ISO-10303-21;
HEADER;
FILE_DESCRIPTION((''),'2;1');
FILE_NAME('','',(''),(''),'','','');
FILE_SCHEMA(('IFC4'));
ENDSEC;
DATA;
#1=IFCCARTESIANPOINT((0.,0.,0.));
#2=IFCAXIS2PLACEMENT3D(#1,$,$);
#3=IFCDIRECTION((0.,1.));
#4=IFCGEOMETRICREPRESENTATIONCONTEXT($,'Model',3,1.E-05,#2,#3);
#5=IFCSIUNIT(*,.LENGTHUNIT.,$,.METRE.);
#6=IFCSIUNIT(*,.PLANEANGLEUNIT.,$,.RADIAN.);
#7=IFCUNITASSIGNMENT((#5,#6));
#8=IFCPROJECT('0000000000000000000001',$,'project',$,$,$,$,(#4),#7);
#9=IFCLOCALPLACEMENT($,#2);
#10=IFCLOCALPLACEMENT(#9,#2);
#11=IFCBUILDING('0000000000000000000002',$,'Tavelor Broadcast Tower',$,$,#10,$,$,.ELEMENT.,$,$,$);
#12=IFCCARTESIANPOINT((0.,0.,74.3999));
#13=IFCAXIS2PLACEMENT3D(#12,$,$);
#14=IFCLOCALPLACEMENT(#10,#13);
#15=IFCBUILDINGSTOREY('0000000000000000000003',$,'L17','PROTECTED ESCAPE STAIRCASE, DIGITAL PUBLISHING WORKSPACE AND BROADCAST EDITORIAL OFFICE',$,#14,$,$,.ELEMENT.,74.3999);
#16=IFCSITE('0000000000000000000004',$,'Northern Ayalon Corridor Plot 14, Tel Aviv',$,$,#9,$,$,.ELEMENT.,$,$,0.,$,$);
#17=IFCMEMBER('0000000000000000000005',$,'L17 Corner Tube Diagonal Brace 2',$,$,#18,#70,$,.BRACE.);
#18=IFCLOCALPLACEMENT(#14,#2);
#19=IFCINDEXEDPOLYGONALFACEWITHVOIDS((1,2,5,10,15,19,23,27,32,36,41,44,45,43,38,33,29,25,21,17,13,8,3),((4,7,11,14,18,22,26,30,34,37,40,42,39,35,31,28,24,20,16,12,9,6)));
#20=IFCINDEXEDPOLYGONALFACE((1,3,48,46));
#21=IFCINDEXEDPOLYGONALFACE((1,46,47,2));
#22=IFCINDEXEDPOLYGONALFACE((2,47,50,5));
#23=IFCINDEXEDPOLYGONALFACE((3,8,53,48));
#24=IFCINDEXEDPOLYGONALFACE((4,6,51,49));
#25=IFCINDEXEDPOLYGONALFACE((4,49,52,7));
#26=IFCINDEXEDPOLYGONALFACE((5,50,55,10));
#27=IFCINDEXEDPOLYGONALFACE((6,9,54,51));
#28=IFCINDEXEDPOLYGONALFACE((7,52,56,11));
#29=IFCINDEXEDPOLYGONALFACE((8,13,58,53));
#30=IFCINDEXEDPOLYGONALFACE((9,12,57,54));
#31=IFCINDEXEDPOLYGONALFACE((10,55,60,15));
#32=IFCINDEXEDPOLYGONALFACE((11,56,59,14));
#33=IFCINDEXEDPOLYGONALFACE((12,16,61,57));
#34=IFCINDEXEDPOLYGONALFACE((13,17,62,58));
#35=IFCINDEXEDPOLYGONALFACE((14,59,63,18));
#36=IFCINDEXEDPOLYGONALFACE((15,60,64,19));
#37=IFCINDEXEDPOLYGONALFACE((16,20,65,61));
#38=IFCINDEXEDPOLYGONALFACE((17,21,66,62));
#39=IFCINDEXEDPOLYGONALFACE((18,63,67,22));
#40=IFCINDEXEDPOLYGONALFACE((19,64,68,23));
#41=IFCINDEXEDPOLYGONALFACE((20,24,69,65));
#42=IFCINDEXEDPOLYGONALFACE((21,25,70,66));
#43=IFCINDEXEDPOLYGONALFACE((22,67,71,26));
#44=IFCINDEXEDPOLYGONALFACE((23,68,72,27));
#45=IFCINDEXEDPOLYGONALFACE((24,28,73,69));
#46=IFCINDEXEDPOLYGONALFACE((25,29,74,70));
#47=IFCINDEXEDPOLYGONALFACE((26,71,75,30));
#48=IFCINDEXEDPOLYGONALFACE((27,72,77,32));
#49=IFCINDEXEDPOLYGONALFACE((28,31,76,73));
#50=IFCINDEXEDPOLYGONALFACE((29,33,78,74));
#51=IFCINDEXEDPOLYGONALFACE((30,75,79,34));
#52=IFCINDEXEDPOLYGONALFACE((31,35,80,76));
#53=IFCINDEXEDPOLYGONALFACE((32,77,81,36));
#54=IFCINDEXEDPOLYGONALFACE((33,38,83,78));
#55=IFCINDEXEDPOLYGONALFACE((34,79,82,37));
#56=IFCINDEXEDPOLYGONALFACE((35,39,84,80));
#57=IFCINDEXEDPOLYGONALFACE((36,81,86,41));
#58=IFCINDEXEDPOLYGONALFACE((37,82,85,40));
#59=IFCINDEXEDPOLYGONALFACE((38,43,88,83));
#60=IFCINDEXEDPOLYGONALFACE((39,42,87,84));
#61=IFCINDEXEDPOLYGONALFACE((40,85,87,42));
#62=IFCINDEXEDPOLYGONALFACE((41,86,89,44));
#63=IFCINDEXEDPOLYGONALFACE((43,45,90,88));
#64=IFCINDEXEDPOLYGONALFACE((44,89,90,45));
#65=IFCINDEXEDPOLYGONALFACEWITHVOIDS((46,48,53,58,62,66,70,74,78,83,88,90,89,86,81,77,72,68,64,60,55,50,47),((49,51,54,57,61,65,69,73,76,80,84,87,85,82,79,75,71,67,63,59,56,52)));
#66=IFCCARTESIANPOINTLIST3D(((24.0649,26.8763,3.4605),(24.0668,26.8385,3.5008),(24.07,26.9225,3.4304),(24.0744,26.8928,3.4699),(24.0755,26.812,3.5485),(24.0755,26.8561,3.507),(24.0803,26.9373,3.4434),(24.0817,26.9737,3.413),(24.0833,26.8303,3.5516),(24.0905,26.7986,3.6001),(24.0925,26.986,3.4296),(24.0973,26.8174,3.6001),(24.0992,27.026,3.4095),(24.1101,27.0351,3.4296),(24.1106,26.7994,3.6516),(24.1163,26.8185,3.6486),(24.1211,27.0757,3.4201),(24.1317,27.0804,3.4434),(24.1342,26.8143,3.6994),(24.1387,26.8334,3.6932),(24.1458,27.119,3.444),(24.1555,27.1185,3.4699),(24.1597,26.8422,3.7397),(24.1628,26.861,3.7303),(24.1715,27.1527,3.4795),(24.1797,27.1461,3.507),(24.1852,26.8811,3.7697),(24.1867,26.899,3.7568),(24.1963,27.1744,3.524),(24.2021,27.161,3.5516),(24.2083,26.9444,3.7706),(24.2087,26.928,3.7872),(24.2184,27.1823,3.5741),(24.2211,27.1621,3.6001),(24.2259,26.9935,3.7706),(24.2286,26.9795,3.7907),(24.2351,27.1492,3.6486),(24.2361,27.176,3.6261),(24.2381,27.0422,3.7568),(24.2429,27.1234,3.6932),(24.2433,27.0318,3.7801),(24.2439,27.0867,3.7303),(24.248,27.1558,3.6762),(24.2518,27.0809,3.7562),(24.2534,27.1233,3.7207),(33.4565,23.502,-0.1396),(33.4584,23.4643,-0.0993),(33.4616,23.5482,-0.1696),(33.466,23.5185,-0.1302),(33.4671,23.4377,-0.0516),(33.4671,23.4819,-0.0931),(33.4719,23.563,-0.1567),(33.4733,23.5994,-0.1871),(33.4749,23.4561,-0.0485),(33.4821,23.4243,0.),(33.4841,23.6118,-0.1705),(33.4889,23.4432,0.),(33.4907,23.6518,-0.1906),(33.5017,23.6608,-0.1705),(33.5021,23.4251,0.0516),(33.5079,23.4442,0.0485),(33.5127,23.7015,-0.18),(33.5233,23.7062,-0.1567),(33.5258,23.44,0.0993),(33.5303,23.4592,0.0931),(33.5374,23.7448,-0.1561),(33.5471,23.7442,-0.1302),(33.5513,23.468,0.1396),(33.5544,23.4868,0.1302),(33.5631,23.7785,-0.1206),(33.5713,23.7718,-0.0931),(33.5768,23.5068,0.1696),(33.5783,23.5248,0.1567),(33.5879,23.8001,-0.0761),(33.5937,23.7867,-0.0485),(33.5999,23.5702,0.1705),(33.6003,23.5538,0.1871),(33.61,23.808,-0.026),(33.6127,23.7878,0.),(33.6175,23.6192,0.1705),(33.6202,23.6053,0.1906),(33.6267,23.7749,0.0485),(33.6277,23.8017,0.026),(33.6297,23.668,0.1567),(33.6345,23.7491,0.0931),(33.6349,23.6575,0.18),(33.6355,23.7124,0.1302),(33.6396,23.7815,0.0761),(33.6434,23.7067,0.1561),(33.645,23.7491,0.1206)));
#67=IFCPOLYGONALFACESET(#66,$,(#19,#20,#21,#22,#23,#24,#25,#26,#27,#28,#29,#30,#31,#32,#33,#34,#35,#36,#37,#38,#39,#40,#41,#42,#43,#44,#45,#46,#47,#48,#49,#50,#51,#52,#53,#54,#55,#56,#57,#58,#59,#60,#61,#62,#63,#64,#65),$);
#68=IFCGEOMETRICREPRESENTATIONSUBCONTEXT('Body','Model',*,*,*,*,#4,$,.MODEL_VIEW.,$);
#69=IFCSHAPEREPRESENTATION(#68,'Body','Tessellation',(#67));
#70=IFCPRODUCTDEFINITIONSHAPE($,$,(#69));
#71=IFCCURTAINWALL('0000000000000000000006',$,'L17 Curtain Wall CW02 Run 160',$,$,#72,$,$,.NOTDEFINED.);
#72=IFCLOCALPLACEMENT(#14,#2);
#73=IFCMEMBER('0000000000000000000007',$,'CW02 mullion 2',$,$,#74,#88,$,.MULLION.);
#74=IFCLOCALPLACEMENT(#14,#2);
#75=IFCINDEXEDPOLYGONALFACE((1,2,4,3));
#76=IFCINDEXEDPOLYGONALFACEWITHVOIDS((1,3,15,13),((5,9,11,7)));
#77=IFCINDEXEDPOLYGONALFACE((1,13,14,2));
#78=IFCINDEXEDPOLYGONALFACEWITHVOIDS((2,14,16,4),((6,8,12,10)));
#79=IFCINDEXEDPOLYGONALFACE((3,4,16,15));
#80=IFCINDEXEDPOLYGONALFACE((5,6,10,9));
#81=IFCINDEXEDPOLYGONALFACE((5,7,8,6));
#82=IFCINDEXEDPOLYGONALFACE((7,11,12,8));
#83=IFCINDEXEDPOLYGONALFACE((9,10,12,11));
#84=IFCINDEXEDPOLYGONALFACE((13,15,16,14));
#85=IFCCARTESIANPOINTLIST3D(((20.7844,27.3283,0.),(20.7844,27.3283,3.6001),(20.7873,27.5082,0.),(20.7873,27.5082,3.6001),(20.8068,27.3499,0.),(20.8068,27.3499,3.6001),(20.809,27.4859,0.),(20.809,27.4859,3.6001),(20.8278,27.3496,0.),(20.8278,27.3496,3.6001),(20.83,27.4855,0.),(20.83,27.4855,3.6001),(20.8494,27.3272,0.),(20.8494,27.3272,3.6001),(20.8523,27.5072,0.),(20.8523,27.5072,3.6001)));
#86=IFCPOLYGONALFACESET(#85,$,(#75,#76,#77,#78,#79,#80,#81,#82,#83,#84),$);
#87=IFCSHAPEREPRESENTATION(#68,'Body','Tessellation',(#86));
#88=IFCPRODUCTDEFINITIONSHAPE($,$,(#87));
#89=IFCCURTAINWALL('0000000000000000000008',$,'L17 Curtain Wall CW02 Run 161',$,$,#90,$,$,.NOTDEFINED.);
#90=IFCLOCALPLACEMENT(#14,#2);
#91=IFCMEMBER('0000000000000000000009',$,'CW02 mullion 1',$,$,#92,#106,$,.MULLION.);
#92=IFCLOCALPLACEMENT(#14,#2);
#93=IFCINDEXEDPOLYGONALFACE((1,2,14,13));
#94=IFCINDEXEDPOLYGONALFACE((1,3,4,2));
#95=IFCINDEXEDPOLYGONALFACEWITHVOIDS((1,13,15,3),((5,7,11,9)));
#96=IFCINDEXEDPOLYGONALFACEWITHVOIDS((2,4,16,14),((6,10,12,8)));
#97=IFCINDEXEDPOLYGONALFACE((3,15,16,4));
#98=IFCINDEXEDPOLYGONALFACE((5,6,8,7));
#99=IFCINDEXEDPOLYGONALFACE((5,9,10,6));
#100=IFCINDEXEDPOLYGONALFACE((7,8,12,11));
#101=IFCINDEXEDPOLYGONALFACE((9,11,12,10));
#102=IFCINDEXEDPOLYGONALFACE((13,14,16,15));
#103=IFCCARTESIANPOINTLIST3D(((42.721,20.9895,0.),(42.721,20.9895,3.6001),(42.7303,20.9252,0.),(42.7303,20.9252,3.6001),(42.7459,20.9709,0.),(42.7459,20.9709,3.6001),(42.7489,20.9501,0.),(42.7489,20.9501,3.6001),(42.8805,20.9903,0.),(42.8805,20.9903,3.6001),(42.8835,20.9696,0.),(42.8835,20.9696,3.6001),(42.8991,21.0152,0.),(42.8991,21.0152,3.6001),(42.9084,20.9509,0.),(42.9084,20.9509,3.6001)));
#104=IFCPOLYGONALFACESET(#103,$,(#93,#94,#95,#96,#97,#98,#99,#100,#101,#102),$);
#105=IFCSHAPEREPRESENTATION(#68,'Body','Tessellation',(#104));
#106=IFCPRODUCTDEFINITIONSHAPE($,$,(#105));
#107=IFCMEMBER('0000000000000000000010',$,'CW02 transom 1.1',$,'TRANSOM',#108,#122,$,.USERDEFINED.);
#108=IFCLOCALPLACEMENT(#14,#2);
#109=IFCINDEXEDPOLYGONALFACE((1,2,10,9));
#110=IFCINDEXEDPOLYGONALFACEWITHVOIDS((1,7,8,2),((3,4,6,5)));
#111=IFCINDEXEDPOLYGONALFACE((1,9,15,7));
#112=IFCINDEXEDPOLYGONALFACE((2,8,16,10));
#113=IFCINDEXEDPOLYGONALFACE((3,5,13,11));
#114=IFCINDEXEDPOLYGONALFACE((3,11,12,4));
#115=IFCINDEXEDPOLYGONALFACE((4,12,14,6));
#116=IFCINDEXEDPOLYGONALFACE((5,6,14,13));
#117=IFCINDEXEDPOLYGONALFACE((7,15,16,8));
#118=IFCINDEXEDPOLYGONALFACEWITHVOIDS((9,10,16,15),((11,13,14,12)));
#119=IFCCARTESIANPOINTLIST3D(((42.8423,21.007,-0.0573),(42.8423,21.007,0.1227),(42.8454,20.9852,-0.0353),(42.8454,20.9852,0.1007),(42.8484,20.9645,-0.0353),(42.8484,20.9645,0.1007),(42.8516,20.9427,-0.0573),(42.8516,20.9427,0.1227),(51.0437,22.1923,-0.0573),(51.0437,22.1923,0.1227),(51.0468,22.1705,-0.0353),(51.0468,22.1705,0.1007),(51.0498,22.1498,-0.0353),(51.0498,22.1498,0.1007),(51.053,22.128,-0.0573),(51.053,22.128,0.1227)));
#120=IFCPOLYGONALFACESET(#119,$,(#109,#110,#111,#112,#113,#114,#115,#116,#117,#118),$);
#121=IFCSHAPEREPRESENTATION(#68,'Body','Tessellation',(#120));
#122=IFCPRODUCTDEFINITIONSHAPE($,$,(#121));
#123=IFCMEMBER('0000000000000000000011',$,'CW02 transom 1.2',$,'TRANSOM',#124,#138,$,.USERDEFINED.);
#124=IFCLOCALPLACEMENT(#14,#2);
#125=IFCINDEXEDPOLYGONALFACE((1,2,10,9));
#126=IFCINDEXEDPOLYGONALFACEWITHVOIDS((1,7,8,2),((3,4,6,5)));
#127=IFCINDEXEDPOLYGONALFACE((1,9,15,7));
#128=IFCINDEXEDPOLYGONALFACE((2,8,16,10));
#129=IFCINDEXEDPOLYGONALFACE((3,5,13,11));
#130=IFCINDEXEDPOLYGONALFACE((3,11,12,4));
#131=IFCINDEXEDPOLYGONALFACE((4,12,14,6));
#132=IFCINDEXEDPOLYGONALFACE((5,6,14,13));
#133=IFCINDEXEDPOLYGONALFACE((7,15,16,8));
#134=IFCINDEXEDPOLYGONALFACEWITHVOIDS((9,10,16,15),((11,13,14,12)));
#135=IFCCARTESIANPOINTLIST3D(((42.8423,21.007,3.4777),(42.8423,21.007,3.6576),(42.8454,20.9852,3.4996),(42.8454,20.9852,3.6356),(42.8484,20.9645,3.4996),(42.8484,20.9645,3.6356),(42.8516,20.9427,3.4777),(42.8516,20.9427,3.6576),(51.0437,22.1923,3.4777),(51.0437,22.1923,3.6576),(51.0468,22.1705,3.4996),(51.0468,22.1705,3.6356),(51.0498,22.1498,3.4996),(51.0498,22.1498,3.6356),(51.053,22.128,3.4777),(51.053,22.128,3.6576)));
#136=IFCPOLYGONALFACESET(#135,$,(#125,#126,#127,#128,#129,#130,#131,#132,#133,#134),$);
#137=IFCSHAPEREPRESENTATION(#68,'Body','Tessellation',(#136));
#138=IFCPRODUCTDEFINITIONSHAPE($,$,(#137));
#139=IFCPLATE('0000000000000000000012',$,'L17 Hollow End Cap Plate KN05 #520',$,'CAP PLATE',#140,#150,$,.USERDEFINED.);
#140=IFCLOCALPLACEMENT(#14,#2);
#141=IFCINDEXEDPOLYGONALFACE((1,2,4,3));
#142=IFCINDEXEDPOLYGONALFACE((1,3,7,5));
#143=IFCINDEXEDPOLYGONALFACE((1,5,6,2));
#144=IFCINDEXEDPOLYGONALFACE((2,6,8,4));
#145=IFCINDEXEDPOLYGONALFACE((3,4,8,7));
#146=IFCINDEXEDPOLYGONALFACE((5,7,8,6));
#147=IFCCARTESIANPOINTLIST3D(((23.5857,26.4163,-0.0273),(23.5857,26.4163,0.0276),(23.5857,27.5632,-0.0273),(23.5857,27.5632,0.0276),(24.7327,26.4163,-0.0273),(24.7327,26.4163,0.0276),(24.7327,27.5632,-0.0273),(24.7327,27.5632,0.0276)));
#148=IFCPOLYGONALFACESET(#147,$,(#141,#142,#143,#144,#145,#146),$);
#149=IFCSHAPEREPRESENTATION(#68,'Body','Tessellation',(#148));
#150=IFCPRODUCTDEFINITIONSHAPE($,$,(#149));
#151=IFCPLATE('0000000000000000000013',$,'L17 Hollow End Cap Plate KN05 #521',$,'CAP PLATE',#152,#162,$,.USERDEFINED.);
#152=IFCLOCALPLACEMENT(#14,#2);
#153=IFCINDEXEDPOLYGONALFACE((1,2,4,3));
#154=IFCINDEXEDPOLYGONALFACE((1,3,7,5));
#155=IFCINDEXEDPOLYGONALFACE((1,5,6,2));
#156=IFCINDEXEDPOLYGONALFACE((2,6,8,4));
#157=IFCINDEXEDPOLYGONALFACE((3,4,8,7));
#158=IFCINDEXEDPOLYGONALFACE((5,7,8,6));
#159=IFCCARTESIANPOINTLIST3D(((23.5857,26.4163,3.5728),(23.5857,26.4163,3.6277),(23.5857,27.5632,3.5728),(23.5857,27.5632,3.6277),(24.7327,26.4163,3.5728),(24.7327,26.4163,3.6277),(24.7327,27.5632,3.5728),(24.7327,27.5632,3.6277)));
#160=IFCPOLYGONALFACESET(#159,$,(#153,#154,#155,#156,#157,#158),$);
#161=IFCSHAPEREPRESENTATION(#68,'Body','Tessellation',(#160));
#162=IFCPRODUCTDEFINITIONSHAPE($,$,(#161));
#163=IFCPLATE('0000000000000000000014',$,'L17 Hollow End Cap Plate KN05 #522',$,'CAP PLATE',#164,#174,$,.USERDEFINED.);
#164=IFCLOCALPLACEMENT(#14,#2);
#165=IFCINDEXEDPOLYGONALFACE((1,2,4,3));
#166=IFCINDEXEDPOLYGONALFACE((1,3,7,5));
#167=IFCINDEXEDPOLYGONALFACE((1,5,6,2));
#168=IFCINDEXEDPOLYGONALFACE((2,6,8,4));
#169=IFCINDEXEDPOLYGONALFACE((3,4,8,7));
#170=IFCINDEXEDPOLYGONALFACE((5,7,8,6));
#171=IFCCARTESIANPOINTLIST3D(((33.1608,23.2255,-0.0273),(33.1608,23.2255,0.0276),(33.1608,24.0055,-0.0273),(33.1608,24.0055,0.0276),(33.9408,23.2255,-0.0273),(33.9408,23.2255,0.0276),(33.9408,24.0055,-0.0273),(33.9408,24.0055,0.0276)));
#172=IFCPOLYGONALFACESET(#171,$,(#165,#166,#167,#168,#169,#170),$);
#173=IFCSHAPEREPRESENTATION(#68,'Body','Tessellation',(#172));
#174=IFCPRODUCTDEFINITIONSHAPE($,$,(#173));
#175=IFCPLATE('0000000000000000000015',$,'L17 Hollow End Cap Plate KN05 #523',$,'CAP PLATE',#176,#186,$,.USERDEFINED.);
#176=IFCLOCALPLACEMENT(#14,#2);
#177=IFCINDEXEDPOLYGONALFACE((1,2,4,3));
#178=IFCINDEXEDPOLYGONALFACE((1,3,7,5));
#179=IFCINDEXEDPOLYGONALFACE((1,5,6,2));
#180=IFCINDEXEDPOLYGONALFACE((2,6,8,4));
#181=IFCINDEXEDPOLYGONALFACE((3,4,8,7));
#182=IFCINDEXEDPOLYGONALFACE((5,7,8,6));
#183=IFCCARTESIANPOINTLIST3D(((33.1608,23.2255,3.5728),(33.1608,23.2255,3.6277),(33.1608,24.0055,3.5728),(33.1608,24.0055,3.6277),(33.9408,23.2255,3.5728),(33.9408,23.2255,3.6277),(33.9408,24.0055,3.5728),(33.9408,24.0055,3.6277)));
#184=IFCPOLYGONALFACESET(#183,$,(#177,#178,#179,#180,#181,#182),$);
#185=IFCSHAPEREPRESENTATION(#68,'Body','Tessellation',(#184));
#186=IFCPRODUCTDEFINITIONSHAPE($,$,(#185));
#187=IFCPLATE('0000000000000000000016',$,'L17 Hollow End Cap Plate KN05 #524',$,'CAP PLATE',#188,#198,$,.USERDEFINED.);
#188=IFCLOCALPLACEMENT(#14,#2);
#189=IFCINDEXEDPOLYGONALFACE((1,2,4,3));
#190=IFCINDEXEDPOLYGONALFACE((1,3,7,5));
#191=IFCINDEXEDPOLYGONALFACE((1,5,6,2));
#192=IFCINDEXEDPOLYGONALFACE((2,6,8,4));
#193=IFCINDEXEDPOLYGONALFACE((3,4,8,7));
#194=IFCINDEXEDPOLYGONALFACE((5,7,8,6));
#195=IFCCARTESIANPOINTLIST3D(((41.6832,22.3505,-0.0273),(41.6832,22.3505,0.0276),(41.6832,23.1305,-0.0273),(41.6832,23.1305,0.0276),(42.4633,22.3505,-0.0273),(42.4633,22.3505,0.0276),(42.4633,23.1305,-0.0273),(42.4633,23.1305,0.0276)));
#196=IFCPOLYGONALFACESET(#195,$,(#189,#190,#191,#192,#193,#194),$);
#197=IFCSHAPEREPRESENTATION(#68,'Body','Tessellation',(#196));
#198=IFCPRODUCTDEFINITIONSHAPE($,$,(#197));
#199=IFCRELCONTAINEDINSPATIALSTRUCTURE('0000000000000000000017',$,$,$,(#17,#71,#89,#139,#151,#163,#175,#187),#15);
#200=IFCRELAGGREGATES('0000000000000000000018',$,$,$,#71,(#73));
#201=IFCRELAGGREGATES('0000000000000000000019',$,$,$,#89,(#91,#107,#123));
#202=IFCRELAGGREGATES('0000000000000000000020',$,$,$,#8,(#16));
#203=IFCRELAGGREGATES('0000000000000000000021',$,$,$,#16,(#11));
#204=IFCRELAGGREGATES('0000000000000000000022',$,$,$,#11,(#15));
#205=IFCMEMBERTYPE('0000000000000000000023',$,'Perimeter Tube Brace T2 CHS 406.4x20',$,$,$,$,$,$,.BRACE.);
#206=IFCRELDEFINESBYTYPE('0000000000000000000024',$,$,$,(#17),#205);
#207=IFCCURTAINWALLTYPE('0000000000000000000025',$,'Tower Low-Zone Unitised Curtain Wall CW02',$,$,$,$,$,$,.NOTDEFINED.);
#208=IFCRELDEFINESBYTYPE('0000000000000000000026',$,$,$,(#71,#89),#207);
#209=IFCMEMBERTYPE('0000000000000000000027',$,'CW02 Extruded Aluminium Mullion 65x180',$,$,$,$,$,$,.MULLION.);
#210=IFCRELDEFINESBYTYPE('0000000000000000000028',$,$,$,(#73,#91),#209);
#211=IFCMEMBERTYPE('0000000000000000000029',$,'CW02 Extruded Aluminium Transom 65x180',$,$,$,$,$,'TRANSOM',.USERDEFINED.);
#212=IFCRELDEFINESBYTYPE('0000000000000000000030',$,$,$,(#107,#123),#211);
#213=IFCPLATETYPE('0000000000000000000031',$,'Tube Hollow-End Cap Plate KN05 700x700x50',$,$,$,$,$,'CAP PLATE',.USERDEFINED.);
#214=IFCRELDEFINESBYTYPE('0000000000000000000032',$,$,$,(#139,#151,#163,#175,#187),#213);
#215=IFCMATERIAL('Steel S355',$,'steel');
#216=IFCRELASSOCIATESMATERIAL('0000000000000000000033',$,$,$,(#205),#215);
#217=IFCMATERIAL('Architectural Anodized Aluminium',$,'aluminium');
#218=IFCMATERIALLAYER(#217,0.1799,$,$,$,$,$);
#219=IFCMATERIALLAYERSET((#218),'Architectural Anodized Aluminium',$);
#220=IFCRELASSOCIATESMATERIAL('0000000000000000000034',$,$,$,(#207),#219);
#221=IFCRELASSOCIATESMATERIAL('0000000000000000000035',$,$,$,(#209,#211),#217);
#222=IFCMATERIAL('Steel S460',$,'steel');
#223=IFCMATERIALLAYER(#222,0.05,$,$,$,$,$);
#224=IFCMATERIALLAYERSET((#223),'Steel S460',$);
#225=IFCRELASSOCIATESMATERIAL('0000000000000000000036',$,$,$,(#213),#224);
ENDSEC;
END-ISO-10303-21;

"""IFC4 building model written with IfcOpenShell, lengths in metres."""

from ifc_helpers import new_model, si_unit, direction, frame, origin, origin_2d, place, context, subcontext, project, spatial, rectangle, hollow_rectangle, hollow_circle, extrude, source, transform, mapped, material, layer, layer_set, material_profile, profile_set, type_object, type_shapes, element, aggregate, save


model = new_model("IFC4")

# Units and contexts
model_context = context("Model", 3, precision=1e-05, world=origin(), true_north=direction((0.0, 1.0)))
body_context = subcontext(model_context, "Body", "Model", "MODEL_VIEW")
ifc_project = project(units=[si_unit("LENGTHUNIT", "METRE"), si_unit("PLANEANGLEUNIT", "RADIAN")], contexts=[model_context])

# Site, building, storey
site_placement = place(None, origin())
site = spatial("IfcSite", under=ifc_project, at=site_placement, Name="Northern Ayalon Corridor Plot 14, Tel Aviv", CompositionType="ELEMENT", RefElevation=0.0)
building_placement = place(site_placement, origin())
building = spatial("IfcBuilding", under=site, at=building_placement, Name="Tavelor Broadcast Tower", CompositionType="ELEMENT")
storey_placement = place(building_placement, frame((0.0, 0.0, 74.3999)))
storey = spatial("IfcBuildingStorey", under=building, at=storey_placement, Name="L17", Description="PROTECTED ESCAPE STAIRCASE, DIGITAL PUBLISHING WORKSPACE AND BROADCAST EDITORIAL OFFICE", CompositionType="ELEMENT", Elevation=74.3999)

# Shared definitions
ifc_material_1 = material(Name="Steel S460", Category="steel")

# Shared definitions
ifc_material_2 = material(Name="Steel S355", Category="steel")

# Member
ifc_material_profile_1 = material_profile(ifc_material_2, hollow_circle(Radius=0.2031, WallThickness=0.02, at=origin_2d()), Name="CHS 406.4x20")
ifc_profile_set_1 = profile_set([ifc_material_profile_1], Name="Steel S355")
member_type_1 = type_object("IfcMemberType", Name="Perimeter Tube Brace T2 CHS 406.4x20", PredefinedType="BRACE", material=ifc_profile_set_1)
member_1_placement = place(storey_placement, frame((33.5508, 23.6155, 0.0), z_axis=(-0.885258, 0.31806, 0.339347), x_axis=(-0.338124, -0.941101, 0.0)))
element("IfcMember", 1, at=member_1_placement, inside=storey, type_object=member_type_1, Name="L17 Corner Tube Diagonal Brace 2", PredefinedType="BRACE", context=body_context, shape_type="SweptSolid", body=[
    extrude(hollow_circle(Radius=0.2031, WallThickness=0.02, at=origin_2d()), origin(), (0.0, 0.0, 1.0), 10.6089),
])

# Curtain wall, member
ifc_material_3 = material(Name="Architectural Anodized Aluminium", Category="aluminium")
ifc_layer_1 = layer(ifc_material_3, 0.1799)
ifc_layer_set_1 = layer_set([ifc_layer_1], Name="Architectural Anodized Aluminium")
curtain_wall_type = type_object("IfcCurtainWallType", Name="Tower Low-Zone Unitised Curtain Wall CW02", PredefinedType="NOTDEFINED", material=ifc_layer_set_1)
curtain_wall_1_placement = place(storey_placement, origin())
curtain_wall_1 = element("IfcCurtainWall", 2, at=curtain_wall_1_placement, inside=storey, type_object=curtain_wall_type, Name="L17 Curtain Wall CW02 Run 160", PredefinedType="NOTDEFINED")
ifc_material_profile_2 = material_profile(ifc_material_3, hollow_rectangle(XDim=0.0649, YDim=0.1799, WallThickness=0.022, at=origin_2d()), Name="RHS 65x180x22")
ifc_profile_set_2 = profile_set([ifc_material_profile_2], Name="Architectural Anodized Aluminium")
member_type_2 = type_object("IfcMemberType", Name="CW02 Extruded Aluminium Mullion 65x180", PredefinedType="MULLION", material=ifc_profile_set_2)
shared_shape_1 = source(origin(), body_context, "Body", "SweptSolid", [
    extrude(hollow_rectangle(XDim=0.0649, YDim=0.1799, WallThickness=0.022, at=origin_2d()), origin(), (0.0, 0.0, 1.0), 3.6001),
])
type_shapes(member_type_2, [shared_shape_1])
member_2_placement = place(storey_placement, frame((20.8184, 27.4177, 0.0), z_axis=(0.0, 0.0, 1.0), x_axis=(0.99987, -0.016126, 0.0)))
member_2 = element("IfcMember", 3, at=member_2_placement, type_object=member_type_2, Name="CW02 mullion 2", PredefinedType="MULLION", context=body_context, shape_type="MappedRepresentation", body=[
    mapped(shared_shape_1, transform((0.0, 0.0, 0.0), scale=1.0)),
])
aggregate(curtain_wall_1, [member_2])

# Curtain wall, members
curtain_wall_2_placement = place(storey_placement, origin())
curtain_wall_2 = element("IfcCurtainWall", 4, at=curtain_wall_2_placement, inside=storey, type_object=curtain_wall_type, Name="L17 Curtain Wall CW02 Run 161", PredefinedType="NOTDEFINED")
member_3_placement = place(storey_placement, frame((42.8147, 20.9702, 0.0), z_axis=(0.0, 0.0, 1.0), x_axis=(-0.14305, 0.989716, 0.0)))
member_3 = element("IfcMember", 5, at=member_3_placement, type_object=member_type_2, Name="CW02 mullion 1", PredefinedType="MULLION", context=body_context, shape_type="MappedRepresentation", body=[
    mapped(shared_shape_1, transform((0.0, 0.0, 0.0), scale=1.0)),
])
ifc_material_profile_3 = material_profile(ifc_material_3, hollow_rectangle(XDim=0.0649, YDim=0.1799, WallThickness=0.022, at=origin_2d()), Name="RHS 65x180x22")
ifc_profile_set_3 = profile_set([ifc_material_profile_3], Name="Architectural Anodized Aluminium")
member_type_3 = type_object("IfcMemberType", Name="CW02 Extruded Aluminium Transom 65x180", ElementType="TRANSOM", PredefinedType="USERDEFINED", material=ifc_profile_set_3)
shared_shape_2 = source(origin(), body_context, "Body", "SweptSolid", [
    extrude(hollow_rectangle(XDim=0.0649, YDim=0.1799, WallThickness=0.022, at=origin_2d()), origin(), (0.0, 0.0, 1.0), 8.2866),
])
type_shapes(member_type_3, [shared_shape_2])
member_4_placement = place(storey_placement, frame((42.8469, 20.9749, 0.0327), z_axis=(0.989717, 0.143038, 0.0), x_axis=(-0.143038, 0.989717, 0.0)))
member_4 = element("IfcMember", 6, at=member_4_placement, type_object=member_type_3, Name="CW02 transom 1.1", ObjectType="TRANSOM", PredefinedType="USERDEFINED", context=body_context, shape_type="MappedRepresentation", body=[
    mapped(shared_shape_2, transform((0.0, 0.0, 0.0), scale=1.0)),
])
member_5_placement = place(storey_placement, frame((42.8469, 20.9749, 3.5676), z_axis=(0.989717, 0.143038, 0.0), x_axis=(-0.143038, 0.989717, 0.0)))
member_5 = element("IfcMember", 7, at=member_5_placement, type_object=member_type_3, Name="CW02 transom 1.2", ObjectType="TRANSOM", PredefinedType="USERDEFINED", context=body_context, shape_type="MappedRepresentation", body=[
    mapped(shared_shape_2, transform((0.0, 0.0, 0.0), scale=1.0)),
])
aggregate(curtain_wall_2, [member_3, member_4, member_5])

# Plates
ifc_layer_2 = layer(ifc_material_1, 0.05)
ifc_layer_set_2 = layer_set([ifc_layer_2], Name="Steel S460")
plate_type = type_object("IfcPlateType", Name="Tube Hollow-End Cap Plate KN05 700x700x50", ElementType="CAP PLATE", PredefinedType="USERDEFINED", material=ifc_layer_set_2)
shared_shape_3 = source(origin(), body_context, "Body", "SweptSolid", [
    extrude(rectangle(XDim=1.147, YDim=1.147, at=origin_2d()), origin(), (0.0, 0.0, 1.0), 0.0549),
])
for number, where, z_axis, x_axis, name in (
    (8, (24.1592, 26.9897, -0.0273), (0.0, 0.0, 1.0), (1.0, 0.0, 0.0), "L17 Hollow End Cap Plate KN05 #520"),
    (9, (24.1592, 26.9897, 3.5728), (0.0, 0.0, 1.0), (1.0, 0.0, 0.0), "L17 Hollow End Cap Plate KN05 #521"),
):
    element("IfcPlate", number, at=place(storey_placement, frame(where, z_axis=z_axis, x_axis=x_axis)), inside=storey, type_object=plate_type, Name=name, ObjectType="CAP PLATE", PredefinedType="USERDEFINED", context=body_context, shape_type="MappedRepresentation", body=[
        mapped(shared_shape_3, transform((0.0, 0.0, 0.0), scale=1.0)),
    ])
shared_shape_4 = source(origin(), body_context, "Body", "SweptSolid", [
    extrude(rectangle(XDim=0.78, YDim=0.78, at=origin_2d()), origin(), (0.0, 0.0, 1.0), 0.0549),
])
type_shapes(plate_type, [shared_shape_3, shared_shape_4])
for number, where, z_axis, x_axis, name in (
    (10, (33.5508, 23.6155, -0.0273), (0.0, 0.0, 1.0), (1.0, 0.0, 0.0), "L17 Hollow End Cap Plate KN05 #522"),
    (11, (33.5508, 23.6155, 3.5728), (0.0, 0.0, 1.0), (1.0, 0.0, 0.0), "L17 Hollow End Cap Plate KN05 #523"),
    (12, (42.0732, 22.7405, -0.0273), (0.0, 0.0, 1.0), (1.0, 0.0, 0.0), "L17 Hollow End Cap Plate KN05 #524"),
):
    element("IfcPlate", number, at=place(storey_placement, frame(where, z_axis=z_axis, x_axis=x_axis)), inside=storey, type_object=plate_type, Name=name, ObjectType="CAP PLATE", PredefinedType="USERDEFINED", context=body_context, shape_type="MappedRepresentation", body=[
        mapped(shared_shape_4, transform((0.0, 0.0, 0.0), scale=1.0)),
    ])

save(model, "model.ifc")
